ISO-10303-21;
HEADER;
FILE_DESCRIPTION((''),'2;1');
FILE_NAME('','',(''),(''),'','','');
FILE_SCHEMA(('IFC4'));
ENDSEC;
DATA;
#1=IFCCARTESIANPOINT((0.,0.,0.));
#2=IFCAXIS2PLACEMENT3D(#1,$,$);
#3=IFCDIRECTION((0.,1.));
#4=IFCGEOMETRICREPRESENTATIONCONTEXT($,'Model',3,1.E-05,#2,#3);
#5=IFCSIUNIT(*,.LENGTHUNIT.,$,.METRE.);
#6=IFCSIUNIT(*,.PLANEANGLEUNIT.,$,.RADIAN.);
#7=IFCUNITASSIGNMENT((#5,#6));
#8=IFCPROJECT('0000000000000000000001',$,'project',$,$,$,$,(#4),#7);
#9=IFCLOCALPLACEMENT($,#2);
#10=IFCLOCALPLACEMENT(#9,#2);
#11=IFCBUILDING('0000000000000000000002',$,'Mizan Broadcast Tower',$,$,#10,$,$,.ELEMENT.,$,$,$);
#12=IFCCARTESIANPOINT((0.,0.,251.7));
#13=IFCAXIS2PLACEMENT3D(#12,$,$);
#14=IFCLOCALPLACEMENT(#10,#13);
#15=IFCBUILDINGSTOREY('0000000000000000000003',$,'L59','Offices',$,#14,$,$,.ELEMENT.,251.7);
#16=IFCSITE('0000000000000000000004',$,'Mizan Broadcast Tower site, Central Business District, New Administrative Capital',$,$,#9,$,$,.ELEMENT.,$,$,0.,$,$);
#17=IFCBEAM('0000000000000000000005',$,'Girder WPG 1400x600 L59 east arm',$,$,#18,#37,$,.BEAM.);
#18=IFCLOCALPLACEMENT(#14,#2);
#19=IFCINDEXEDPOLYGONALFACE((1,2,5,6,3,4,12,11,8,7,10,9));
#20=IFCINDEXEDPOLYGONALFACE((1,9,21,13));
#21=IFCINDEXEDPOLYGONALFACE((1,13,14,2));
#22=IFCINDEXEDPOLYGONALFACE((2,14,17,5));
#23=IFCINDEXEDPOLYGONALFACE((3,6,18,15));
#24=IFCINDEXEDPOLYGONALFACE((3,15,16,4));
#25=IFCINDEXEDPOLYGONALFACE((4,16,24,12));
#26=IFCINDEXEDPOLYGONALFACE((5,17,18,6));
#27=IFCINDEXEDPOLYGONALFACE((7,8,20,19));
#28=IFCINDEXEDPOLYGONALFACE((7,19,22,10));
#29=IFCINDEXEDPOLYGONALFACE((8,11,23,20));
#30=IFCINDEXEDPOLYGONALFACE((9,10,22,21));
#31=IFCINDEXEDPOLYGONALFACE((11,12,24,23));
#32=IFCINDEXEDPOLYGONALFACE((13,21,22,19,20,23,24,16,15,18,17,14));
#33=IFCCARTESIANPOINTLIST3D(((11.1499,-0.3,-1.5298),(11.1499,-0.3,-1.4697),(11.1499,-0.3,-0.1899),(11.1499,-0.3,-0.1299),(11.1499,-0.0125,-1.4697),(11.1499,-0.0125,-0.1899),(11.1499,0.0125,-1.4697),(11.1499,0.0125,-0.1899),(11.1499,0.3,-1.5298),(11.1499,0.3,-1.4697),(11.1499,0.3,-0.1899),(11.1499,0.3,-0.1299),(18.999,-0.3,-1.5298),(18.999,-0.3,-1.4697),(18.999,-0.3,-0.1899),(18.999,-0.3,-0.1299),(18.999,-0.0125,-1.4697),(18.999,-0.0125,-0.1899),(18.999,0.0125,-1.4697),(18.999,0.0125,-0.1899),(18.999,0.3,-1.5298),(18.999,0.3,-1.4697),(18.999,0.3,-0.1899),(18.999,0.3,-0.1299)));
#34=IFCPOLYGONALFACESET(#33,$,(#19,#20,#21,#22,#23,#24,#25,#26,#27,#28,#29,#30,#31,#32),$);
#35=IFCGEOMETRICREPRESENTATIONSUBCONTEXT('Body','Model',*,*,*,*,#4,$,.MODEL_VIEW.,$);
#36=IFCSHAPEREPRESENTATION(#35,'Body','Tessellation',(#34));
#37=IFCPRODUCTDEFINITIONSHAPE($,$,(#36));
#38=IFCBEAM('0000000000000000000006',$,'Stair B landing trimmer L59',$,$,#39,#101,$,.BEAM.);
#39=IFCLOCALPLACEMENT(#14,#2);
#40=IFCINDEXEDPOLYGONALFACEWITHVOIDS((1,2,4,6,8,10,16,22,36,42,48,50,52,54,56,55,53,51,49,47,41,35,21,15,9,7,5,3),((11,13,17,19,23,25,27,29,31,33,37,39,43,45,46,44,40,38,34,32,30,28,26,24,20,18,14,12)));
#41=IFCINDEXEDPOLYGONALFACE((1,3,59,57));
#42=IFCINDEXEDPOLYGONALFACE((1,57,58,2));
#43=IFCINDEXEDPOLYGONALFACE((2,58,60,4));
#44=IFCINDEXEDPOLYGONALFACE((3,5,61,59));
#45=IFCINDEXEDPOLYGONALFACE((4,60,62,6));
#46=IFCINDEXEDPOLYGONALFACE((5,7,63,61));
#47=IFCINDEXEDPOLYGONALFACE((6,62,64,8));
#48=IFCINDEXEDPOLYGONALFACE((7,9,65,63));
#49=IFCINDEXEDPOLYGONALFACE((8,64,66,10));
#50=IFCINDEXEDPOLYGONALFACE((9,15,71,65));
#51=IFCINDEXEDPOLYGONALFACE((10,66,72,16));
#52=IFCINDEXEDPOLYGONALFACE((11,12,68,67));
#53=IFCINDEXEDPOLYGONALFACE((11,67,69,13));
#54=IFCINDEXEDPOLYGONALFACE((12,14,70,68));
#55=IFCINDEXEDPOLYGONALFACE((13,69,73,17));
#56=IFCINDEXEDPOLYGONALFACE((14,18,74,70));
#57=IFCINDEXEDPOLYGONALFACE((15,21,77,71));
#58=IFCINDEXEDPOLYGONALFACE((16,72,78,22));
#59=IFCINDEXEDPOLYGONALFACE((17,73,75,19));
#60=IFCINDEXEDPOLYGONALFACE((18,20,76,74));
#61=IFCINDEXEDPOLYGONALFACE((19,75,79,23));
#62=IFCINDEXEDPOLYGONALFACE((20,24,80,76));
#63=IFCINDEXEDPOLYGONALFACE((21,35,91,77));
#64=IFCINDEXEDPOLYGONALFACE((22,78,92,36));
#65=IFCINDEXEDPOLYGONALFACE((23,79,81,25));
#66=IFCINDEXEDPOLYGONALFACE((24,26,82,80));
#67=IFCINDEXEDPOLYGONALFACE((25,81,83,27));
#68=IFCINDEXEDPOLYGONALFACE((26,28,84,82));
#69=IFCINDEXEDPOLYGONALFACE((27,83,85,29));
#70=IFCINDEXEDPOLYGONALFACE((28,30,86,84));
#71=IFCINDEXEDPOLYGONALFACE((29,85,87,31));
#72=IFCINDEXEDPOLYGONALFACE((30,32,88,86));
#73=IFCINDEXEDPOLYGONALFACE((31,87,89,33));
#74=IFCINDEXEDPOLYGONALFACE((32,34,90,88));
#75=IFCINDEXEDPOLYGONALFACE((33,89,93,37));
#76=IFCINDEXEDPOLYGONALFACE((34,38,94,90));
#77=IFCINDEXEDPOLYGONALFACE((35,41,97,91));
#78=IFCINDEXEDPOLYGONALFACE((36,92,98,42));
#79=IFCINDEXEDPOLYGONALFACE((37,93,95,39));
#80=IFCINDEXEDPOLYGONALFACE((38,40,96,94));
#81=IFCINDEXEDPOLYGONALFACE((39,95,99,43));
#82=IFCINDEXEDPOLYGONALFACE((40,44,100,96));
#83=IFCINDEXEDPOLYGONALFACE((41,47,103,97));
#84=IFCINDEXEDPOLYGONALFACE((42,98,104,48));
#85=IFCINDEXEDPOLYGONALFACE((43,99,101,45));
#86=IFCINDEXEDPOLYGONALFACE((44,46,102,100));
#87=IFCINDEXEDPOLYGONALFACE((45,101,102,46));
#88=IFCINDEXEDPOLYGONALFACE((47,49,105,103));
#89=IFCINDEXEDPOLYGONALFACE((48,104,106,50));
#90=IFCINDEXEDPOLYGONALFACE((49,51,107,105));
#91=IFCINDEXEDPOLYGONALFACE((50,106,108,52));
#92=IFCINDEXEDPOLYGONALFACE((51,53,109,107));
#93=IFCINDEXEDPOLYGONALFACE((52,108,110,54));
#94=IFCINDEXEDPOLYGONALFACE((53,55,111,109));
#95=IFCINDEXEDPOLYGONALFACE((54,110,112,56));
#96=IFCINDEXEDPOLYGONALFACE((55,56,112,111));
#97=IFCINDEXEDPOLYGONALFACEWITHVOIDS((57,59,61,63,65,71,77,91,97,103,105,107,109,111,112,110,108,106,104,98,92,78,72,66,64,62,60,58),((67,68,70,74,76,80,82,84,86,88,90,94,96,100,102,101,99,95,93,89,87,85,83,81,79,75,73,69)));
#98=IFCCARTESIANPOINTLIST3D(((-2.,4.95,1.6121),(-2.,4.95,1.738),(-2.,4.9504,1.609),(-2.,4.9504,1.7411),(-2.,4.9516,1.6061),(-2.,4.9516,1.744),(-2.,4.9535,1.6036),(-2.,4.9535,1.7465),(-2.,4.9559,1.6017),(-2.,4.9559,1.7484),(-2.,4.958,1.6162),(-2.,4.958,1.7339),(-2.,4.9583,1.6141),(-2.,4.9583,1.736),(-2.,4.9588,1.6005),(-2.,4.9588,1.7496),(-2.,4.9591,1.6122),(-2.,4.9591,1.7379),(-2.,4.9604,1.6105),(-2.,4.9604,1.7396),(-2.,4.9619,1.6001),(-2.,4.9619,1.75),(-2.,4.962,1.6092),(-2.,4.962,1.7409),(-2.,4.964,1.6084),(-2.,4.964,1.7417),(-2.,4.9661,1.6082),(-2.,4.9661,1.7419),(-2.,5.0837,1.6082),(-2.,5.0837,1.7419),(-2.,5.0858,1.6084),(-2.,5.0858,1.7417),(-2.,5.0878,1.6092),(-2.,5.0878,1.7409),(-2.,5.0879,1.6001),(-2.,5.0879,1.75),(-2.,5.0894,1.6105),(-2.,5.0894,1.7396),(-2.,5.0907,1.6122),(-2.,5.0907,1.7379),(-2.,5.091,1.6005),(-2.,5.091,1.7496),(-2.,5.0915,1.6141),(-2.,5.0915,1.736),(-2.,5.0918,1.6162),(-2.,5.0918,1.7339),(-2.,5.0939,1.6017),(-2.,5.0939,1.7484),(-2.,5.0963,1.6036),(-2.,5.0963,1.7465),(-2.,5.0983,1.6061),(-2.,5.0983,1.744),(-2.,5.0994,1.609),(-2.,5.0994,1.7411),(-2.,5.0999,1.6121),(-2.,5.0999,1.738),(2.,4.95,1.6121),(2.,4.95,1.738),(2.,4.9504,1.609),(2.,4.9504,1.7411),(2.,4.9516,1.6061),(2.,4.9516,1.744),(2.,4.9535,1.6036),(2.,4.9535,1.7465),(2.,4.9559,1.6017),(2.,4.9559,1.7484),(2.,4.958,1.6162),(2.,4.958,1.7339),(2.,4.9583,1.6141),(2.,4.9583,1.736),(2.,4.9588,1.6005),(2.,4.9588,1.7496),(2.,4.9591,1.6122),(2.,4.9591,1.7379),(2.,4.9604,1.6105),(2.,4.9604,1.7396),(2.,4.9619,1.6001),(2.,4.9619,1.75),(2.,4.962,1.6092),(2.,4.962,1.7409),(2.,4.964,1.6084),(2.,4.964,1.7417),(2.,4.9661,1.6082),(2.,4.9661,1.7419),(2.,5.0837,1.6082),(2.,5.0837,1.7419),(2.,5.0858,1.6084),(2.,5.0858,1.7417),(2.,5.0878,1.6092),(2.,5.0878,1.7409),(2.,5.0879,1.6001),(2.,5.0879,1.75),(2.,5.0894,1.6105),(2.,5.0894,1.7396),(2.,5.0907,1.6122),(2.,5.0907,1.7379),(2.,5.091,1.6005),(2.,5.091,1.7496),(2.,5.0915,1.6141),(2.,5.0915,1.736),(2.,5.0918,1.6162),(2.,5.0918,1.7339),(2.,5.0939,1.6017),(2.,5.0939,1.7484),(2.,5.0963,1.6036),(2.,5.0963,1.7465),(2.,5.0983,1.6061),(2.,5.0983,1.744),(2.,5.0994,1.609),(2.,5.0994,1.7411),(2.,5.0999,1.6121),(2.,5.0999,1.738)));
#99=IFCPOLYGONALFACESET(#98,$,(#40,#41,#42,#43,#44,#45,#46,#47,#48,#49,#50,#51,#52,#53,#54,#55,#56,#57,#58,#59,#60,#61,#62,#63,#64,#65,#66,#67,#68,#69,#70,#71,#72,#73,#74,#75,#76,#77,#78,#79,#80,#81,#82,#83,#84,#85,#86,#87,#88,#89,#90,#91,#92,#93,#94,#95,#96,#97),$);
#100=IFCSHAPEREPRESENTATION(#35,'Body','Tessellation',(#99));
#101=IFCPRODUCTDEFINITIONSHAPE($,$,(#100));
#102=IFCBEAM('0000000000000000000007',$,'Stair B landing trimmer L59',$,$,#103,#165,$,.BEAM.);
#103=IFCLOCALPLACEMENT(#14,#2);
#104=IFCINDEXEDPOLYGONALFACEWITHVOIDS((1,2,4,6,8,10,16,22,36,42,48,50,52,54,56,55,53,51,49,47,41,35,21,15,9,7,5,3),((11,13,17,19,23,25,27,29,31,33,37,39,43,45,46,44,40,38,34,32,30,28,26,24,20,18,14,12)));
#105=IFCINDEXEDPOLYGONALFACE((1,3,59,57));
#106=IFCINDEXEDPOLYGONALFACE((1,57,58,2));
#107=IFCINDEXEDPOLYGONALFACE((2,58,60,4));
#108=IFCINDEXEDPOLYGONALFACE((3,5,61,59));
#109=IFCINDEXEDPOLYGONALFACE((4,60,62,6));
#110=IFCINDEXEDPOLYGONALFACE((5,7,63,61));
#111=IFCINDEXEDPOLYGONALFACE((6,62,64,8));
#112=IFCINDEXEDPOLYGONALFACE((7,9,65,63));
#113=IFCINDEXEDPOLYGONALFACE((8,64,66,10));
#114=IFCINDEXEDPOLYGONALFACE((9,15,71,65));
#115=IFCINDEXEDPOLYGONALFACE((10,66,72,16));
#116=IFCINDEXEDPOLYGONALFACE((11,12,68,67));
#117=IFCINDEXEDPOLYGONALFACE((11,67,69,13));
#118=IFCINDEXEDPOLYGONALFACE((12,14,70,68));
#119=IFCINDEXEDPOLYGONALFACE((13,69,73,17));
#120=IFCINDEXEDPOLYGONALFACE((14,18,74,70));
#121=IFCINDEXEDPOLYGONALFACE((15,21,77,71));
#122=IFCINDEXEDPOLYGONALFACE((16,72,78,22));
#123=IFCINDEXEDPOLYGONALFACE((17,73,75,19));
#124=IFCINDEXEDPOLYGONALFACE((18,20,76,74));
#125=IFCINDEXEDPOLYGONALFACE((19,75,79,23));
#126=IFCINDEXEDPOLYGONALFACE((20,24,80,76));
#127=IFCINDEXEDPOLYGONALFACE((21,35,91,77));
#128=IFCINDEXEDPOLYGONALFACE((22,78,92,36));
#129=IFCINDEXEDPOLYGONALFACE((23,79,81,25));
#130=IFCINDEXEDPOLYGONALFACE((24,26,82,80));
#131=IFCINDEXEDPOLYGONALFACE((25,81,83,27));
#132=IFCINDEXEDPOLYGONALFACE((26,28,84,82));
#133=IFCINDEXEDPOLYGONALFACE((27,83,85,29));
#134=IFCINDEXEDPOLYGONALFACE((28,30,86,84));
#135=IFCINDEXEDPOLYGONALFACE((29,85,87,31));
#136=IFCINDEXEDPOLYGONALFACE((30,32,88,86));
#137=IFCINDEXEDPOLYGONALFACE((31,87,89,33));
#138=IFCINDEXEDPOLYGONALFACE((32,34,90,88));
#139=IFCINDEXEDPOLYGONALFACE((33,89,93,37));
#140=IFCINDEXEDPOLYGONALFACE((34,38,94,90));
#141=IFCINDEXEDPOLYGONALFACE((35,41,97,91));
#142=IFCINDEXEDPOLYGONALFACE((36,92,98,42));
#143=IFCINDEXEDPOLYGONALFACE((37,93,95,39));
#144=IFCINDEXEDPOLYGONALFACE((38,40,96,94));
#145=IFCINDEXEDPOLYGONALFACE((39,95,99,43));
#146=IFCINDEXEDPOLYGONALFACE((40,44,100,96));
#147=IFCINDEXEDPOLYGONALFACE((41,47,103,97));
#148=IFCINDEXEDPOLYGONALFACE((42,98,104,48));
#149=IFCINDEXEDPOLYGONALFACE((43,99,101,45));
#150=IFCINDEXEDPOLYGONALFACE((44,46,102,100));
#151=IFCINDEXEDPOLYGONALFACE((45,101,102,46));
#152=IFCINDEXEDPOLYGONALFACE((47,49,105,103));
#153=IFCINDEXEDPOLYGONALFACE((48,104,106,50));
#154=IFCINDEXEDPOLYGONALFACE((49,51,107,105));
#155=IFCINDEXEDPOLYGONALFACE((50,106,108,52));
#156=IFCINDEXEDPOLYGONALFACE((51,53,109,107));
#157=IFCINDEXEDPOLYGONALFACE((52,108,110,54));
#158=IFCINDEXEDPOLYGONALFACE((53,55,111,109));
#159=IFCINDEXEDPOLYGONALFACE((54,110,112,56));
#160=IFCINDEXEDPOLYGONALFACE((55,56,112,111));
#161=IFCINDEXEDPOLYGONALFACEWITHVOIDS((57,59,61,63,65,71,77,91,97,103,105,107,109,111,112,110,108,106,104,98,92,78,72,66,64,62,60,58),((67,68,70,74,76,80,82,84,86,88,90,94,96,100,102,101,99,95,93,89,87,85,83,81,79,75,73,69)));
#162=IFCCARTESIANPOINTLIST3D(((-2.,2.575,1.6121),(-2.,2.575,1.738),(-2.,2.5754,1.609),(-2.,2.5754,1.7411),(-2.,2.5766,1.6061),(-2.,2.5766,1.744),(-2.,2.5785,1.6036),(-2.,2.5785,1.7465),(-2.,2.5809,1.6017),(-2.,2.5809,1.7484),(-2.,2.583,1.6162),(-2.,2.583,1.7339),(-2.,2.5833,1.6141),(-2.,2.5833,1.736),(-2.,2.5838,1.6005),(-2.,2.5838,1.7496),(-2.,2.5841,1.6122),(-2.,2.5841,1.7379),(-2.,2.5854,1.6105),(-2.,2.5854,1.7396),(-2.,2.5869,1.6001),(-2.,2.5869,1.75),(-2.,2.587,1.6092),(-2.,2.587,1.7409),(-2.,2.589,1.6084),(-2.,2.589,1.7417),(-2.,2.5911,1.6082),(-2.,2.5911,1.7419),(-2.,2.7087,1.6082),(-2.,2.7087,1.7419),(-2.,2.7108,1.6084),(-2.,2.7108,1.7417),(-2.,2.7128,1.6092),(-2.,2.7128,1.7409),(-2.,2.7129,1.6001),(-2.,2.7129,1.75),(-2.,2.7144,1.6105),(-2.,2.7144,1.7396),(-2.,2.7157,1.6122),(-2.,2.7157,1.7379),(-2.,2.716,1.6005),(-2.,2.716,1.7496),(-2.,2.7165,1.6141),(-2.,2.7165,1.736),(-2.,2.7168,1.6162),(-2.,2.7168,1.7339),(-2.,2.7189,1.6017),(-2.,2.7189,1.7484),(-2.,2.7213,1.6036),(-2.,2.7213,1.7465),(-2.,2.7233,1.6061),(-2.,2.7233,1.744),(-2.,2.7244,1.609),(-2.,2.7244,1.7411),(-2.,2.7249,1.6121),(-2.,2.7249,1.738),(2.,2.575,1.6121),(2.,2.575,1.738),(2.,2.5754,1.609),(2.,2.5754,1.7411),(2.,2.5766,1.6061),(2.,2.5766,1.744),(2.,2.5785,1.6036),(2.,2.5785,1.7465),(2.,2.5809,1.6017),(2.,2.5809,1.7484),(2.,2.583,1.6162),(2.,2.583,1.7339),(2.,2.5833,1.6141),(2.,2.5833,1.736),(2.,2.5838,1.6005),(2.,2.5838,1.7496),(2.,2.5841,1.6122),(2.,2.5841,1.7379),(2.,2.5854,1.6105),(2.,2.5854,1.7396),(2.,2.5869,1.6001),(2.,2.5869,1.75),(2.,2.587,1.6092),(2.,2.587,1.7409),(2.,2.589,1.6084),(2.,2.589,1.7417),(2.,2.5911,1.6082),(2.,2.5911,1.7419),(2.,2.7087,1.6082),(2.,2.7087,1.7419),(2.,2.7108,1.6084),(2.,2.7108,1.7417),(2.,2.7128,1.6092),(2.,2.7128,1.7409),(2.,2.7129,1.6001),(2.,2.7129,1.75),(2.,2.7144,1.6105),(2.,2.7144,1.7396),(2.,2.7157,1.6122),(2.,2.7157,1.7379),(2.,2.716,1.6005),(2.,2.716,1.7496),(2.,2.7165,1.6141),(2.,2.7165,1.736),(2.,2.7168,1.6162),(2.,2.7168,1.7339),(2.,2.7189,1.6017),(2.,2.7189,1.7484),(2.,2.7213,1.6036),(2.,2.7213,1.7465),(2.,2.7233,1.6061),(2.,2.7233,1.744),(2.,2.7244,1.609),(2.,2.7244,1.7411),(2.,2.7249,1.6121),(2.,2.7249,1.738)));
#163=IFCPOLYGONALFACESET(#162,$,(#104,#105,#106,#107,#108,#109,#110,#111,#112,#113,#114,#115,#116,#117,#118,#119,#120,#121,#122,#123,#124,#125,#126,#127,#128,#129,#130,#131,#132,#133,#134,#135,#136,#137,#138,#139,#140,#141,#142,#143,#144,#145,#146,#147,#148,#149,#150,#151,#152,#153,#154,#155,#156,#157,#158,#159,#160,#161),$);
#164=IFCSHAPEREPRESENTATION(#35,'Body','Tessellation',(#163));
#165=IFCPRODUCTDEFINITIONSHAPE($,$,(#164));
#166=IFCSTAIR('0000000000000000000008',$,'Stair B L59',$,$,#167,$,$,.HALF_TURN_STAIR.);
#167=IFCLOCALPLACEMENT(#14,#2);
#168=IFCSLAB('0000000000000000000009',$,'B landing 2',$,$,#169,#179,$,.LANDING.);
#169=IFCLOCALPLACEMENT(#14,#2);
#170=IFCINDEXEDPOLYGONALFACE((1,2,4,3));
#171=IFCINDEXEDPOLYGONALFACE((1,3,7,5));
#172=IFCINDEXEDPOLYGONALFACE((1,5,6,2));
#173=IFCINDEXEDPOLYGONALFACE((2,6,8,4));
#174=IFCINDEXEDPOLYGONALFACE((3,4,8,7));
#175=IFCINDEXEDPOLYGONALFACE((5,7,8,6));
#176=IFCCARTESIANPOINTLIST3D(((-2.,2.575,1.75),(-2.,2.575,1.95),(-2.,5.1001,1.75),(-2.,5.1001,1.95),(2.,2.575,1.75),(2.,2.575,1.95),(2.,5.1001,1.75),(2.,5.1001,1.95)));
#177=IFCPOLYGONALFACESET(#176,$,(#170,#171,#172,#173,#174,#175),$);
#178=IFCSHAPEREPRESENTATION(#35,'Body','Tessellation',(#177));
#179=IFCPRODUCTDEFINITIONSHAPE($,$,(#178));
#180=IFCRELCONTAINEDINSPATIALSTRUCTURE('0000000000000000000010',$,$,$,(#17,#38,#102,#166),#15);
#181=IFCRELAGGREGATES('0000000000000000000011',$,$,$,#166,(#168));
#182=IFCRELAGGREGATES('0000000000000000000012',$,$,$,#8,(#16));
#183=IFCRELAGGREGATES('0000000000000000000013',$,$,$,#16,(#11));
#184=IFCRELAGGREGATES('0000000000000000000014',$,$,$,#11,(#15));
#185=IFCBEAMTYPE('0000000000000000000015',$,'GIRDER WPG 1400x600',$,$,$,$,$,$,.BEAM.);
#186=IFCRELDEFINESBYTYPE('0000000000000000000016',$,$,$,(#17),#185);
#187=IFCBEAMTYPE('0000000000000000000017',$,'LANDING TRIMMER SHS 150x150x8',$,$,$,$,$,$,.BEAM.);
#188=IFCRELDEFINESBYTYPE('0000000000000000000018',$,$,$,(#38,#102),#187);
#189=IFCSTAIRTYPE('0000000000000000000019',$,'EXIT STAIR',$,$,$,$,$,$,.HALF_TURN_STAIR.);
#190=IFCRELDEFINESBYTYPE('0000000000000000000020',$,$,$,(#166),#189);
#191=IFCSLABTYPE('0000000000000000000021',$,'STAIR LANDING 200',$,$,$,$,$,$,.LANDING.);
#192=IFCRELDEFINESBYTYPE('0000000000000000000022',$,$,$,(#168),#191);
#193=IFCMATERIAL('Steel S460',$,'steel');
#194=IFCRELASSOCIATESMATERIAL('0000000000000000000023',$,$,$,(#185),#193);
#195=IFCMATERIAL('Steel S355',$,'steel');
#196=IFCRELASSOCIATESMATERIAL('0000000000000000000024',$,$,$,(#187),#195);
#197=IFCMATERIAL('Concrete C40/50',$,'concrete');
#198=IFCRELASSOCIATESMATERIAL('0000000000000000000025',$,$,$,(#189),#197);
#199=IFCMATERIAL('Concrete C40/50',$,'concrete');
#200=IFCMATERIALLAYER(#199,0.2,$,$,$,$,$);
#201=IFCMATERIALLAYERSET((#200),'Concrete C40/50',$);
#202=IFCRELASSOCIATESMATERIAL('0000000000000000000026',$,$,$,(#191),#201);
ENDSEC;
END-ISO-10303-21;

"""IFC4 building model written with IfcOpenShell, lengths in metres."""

from ifc_helpers import new_model, si_unit, direction, frame, origin, origin_2d, place, context, subcontext, project, spatial, polyline, hollow_rectangle, i_section, outline, extrude, material, layer, layer_set, material_profile, profile_set, type_object, element, aggregate, save


model = new_model("IFC4")

# Units and contexts
model_context = context("Model", 3, precision=1e-05, world=origin(), true_north=direction((0.0, 1.0)))
body_context = subcontext(model_context, "Body", "Model", "MODEL_VIEW")
ifc_project = project(units=[si_unit("LENGTHUNIT", "METRE"), si_unit("PLANEANGLEUNIT", "RADIAN")], contexts=[model_context])

# Site, building, storey
site_placement = place(None, origin())
site = spatial("IfcSite", under=ifc_project, at=site_placement, Name="Mizan Broadcast Tower site, Central Business District, New Administrative Capital", CompositionType="ELEMENT", RefElevation=0.0)
building_placement = place(site_placement, origin())
building = spatial("IfcBuilding", under=site, at=building_placement, Name="Mizan Broadcast Tower", CompositionType="ELEMENT")
storey_placement = place(building_placement, frame((0.0, 0.0, 251.7)))
storey = spatial("IfcBuildingStorey", under=building, at=storey_placement, Name="L59", Description="Offices", CompositionType="ELEMENT", Elevation=251.7)

# Beams
ifc_material_1 = material(Name="Steel S460", Category="steel")
ifc_material_profile_1 = material_profile(ifc_material_1, i_section(OverallWidth=0.6001, OverallDepth=1.3999, WebThickness=0.0249, FlangeThickness=0.0601, at=origin_2d()), Name="WPG 1400x600")
ifc_profile_set_1 = profile_set([ifc_material_profile_1], Name="Steel S460")
beam_type_1 = type_object("IfcBeamType", Name="GIRDER WPG 1400x600", PredefinedType="BEAM", material=ifc_profile_set_1)
beam_placement = place(storey_placement, frame((11.1499, 0.0, -0.8298), z_axis=(1.0, 0.0, 0.0), x_axis=(0.0, 1.0, 0.0)))
element("IfcBeam", 1, at=beam_placement, inside=storey, type_object=beam_type_1, Name="Girder WPG 1400x600 L59 east arm", PredefinedType="BEAM", context=body_context, shape_type="SweptSolid", body=[
    extrude(i_section(OverallWidth=0.6001, OverallDepth=1.3999, WebThickness=0.0249, FlangeThickness=0.0601, at=origin_2d()), origin(), (0.0, 0.0, 1.0), 7.8491),
])
ifc_material_2 = material(Name="Steel S355", Category="steel")
ifc_material_profile_2 = material_profile(ifc_material_2, hollow_rectangle(XDim=0.1499, YDim=0.1499, WallThickness=0.0081, InnerFilletRadius=0.0081, OuterFilletRadius=0.012, at=origin_2d()), Name="SHS 150x150x8")
ifc_profile_set_2 = profile_set([ifc_material_profile_2], Name="Steel S355")
beam_type_2 = type_object("IfcBeamType", Name="LANDING TRIMMER SHS 150x150x8", PredefinedType="BEAM", material=ifc_profile_set_2)
for number, where, z_axis, x_axis, name in (
    (2, (2.0, 5.0249, 1.675), (-1.0, 0.0, 0.0), (0.0, -1.0, 0.0), "Stair B landing trimmer L59"),
    (3, (2.0, 2.6499, 1.675), (-1.0, 0.0, 0.0), (0.0, -1.0, 0.0), "Stair B landing trimmer L59"),
):
    element("IfcBeam", number, at=place(storey_placement, frame(where, z_axis=z_axis, x_axis=x_axis)), inside=storey, type_object=beam_type_2, Name=name, PredefinedType="BEAM", context=body_context, shape_type="SweptSolid", body=[
        extrude(hollow_rectangle(XDim=0.1499, YDim=0.1499, WallThickness=0.0081, InnerFilletRadius=0.0081, OuterFilletRadius=0.012, at=origin_2d()), origin(), (0.0, 0.0, 1.0), 4.0),
    ])

# Stair, slab
ifc_material_3 = material(Name="Concrete C40/50", Category="concrete")
stair_type = type_object("IfcStairType", Name="EXIT STAIR", PredefinedType="HALF_TURN_STAIR", material=ifc_material_3)
stair_placement = place(storey_placement, origin())
stair = element("IfcStair", 4, at=stair_placement, inside=storey, type_object=stair_type, Name="Stair B L59", PredefinedType="HALF_TURN_STAIR")
ifc_material_4 = material(Name="Concrete C40/50", Category="concrete")
ifc_layer_1 = layer(ifc_material_4, 0.2)
ifc_layer_set_1 = layer_set([ifc_layer_1], Name="Concrete C40/50")
slab_type = type_object("IfcSlabType", Name="STAIR LANDING 200", PredefinedType="LANDING", material=ifc_layer_set_1)
slab_placement = place(storey_placement, frame((0.0, 0.0, 1.75)))
slab = element("IfcSlab", 5, at=slab_placement, type_object=slab_type, Name="B landing 2", PredefinedType="LANDING", context=body_context, shape_type="SweptSolid", body=[
    extrude(outline(polyline([(2.0, 5.1001), (2.0, 2.575), (-2.0, 2.575), (-2.0, 5.1001), (2.0, 5.1001)])), origin(), (0.0, 0.0, 1.0), 0.2),
])

aggregate(stair, [slab])

save(model, "model.ifc")
